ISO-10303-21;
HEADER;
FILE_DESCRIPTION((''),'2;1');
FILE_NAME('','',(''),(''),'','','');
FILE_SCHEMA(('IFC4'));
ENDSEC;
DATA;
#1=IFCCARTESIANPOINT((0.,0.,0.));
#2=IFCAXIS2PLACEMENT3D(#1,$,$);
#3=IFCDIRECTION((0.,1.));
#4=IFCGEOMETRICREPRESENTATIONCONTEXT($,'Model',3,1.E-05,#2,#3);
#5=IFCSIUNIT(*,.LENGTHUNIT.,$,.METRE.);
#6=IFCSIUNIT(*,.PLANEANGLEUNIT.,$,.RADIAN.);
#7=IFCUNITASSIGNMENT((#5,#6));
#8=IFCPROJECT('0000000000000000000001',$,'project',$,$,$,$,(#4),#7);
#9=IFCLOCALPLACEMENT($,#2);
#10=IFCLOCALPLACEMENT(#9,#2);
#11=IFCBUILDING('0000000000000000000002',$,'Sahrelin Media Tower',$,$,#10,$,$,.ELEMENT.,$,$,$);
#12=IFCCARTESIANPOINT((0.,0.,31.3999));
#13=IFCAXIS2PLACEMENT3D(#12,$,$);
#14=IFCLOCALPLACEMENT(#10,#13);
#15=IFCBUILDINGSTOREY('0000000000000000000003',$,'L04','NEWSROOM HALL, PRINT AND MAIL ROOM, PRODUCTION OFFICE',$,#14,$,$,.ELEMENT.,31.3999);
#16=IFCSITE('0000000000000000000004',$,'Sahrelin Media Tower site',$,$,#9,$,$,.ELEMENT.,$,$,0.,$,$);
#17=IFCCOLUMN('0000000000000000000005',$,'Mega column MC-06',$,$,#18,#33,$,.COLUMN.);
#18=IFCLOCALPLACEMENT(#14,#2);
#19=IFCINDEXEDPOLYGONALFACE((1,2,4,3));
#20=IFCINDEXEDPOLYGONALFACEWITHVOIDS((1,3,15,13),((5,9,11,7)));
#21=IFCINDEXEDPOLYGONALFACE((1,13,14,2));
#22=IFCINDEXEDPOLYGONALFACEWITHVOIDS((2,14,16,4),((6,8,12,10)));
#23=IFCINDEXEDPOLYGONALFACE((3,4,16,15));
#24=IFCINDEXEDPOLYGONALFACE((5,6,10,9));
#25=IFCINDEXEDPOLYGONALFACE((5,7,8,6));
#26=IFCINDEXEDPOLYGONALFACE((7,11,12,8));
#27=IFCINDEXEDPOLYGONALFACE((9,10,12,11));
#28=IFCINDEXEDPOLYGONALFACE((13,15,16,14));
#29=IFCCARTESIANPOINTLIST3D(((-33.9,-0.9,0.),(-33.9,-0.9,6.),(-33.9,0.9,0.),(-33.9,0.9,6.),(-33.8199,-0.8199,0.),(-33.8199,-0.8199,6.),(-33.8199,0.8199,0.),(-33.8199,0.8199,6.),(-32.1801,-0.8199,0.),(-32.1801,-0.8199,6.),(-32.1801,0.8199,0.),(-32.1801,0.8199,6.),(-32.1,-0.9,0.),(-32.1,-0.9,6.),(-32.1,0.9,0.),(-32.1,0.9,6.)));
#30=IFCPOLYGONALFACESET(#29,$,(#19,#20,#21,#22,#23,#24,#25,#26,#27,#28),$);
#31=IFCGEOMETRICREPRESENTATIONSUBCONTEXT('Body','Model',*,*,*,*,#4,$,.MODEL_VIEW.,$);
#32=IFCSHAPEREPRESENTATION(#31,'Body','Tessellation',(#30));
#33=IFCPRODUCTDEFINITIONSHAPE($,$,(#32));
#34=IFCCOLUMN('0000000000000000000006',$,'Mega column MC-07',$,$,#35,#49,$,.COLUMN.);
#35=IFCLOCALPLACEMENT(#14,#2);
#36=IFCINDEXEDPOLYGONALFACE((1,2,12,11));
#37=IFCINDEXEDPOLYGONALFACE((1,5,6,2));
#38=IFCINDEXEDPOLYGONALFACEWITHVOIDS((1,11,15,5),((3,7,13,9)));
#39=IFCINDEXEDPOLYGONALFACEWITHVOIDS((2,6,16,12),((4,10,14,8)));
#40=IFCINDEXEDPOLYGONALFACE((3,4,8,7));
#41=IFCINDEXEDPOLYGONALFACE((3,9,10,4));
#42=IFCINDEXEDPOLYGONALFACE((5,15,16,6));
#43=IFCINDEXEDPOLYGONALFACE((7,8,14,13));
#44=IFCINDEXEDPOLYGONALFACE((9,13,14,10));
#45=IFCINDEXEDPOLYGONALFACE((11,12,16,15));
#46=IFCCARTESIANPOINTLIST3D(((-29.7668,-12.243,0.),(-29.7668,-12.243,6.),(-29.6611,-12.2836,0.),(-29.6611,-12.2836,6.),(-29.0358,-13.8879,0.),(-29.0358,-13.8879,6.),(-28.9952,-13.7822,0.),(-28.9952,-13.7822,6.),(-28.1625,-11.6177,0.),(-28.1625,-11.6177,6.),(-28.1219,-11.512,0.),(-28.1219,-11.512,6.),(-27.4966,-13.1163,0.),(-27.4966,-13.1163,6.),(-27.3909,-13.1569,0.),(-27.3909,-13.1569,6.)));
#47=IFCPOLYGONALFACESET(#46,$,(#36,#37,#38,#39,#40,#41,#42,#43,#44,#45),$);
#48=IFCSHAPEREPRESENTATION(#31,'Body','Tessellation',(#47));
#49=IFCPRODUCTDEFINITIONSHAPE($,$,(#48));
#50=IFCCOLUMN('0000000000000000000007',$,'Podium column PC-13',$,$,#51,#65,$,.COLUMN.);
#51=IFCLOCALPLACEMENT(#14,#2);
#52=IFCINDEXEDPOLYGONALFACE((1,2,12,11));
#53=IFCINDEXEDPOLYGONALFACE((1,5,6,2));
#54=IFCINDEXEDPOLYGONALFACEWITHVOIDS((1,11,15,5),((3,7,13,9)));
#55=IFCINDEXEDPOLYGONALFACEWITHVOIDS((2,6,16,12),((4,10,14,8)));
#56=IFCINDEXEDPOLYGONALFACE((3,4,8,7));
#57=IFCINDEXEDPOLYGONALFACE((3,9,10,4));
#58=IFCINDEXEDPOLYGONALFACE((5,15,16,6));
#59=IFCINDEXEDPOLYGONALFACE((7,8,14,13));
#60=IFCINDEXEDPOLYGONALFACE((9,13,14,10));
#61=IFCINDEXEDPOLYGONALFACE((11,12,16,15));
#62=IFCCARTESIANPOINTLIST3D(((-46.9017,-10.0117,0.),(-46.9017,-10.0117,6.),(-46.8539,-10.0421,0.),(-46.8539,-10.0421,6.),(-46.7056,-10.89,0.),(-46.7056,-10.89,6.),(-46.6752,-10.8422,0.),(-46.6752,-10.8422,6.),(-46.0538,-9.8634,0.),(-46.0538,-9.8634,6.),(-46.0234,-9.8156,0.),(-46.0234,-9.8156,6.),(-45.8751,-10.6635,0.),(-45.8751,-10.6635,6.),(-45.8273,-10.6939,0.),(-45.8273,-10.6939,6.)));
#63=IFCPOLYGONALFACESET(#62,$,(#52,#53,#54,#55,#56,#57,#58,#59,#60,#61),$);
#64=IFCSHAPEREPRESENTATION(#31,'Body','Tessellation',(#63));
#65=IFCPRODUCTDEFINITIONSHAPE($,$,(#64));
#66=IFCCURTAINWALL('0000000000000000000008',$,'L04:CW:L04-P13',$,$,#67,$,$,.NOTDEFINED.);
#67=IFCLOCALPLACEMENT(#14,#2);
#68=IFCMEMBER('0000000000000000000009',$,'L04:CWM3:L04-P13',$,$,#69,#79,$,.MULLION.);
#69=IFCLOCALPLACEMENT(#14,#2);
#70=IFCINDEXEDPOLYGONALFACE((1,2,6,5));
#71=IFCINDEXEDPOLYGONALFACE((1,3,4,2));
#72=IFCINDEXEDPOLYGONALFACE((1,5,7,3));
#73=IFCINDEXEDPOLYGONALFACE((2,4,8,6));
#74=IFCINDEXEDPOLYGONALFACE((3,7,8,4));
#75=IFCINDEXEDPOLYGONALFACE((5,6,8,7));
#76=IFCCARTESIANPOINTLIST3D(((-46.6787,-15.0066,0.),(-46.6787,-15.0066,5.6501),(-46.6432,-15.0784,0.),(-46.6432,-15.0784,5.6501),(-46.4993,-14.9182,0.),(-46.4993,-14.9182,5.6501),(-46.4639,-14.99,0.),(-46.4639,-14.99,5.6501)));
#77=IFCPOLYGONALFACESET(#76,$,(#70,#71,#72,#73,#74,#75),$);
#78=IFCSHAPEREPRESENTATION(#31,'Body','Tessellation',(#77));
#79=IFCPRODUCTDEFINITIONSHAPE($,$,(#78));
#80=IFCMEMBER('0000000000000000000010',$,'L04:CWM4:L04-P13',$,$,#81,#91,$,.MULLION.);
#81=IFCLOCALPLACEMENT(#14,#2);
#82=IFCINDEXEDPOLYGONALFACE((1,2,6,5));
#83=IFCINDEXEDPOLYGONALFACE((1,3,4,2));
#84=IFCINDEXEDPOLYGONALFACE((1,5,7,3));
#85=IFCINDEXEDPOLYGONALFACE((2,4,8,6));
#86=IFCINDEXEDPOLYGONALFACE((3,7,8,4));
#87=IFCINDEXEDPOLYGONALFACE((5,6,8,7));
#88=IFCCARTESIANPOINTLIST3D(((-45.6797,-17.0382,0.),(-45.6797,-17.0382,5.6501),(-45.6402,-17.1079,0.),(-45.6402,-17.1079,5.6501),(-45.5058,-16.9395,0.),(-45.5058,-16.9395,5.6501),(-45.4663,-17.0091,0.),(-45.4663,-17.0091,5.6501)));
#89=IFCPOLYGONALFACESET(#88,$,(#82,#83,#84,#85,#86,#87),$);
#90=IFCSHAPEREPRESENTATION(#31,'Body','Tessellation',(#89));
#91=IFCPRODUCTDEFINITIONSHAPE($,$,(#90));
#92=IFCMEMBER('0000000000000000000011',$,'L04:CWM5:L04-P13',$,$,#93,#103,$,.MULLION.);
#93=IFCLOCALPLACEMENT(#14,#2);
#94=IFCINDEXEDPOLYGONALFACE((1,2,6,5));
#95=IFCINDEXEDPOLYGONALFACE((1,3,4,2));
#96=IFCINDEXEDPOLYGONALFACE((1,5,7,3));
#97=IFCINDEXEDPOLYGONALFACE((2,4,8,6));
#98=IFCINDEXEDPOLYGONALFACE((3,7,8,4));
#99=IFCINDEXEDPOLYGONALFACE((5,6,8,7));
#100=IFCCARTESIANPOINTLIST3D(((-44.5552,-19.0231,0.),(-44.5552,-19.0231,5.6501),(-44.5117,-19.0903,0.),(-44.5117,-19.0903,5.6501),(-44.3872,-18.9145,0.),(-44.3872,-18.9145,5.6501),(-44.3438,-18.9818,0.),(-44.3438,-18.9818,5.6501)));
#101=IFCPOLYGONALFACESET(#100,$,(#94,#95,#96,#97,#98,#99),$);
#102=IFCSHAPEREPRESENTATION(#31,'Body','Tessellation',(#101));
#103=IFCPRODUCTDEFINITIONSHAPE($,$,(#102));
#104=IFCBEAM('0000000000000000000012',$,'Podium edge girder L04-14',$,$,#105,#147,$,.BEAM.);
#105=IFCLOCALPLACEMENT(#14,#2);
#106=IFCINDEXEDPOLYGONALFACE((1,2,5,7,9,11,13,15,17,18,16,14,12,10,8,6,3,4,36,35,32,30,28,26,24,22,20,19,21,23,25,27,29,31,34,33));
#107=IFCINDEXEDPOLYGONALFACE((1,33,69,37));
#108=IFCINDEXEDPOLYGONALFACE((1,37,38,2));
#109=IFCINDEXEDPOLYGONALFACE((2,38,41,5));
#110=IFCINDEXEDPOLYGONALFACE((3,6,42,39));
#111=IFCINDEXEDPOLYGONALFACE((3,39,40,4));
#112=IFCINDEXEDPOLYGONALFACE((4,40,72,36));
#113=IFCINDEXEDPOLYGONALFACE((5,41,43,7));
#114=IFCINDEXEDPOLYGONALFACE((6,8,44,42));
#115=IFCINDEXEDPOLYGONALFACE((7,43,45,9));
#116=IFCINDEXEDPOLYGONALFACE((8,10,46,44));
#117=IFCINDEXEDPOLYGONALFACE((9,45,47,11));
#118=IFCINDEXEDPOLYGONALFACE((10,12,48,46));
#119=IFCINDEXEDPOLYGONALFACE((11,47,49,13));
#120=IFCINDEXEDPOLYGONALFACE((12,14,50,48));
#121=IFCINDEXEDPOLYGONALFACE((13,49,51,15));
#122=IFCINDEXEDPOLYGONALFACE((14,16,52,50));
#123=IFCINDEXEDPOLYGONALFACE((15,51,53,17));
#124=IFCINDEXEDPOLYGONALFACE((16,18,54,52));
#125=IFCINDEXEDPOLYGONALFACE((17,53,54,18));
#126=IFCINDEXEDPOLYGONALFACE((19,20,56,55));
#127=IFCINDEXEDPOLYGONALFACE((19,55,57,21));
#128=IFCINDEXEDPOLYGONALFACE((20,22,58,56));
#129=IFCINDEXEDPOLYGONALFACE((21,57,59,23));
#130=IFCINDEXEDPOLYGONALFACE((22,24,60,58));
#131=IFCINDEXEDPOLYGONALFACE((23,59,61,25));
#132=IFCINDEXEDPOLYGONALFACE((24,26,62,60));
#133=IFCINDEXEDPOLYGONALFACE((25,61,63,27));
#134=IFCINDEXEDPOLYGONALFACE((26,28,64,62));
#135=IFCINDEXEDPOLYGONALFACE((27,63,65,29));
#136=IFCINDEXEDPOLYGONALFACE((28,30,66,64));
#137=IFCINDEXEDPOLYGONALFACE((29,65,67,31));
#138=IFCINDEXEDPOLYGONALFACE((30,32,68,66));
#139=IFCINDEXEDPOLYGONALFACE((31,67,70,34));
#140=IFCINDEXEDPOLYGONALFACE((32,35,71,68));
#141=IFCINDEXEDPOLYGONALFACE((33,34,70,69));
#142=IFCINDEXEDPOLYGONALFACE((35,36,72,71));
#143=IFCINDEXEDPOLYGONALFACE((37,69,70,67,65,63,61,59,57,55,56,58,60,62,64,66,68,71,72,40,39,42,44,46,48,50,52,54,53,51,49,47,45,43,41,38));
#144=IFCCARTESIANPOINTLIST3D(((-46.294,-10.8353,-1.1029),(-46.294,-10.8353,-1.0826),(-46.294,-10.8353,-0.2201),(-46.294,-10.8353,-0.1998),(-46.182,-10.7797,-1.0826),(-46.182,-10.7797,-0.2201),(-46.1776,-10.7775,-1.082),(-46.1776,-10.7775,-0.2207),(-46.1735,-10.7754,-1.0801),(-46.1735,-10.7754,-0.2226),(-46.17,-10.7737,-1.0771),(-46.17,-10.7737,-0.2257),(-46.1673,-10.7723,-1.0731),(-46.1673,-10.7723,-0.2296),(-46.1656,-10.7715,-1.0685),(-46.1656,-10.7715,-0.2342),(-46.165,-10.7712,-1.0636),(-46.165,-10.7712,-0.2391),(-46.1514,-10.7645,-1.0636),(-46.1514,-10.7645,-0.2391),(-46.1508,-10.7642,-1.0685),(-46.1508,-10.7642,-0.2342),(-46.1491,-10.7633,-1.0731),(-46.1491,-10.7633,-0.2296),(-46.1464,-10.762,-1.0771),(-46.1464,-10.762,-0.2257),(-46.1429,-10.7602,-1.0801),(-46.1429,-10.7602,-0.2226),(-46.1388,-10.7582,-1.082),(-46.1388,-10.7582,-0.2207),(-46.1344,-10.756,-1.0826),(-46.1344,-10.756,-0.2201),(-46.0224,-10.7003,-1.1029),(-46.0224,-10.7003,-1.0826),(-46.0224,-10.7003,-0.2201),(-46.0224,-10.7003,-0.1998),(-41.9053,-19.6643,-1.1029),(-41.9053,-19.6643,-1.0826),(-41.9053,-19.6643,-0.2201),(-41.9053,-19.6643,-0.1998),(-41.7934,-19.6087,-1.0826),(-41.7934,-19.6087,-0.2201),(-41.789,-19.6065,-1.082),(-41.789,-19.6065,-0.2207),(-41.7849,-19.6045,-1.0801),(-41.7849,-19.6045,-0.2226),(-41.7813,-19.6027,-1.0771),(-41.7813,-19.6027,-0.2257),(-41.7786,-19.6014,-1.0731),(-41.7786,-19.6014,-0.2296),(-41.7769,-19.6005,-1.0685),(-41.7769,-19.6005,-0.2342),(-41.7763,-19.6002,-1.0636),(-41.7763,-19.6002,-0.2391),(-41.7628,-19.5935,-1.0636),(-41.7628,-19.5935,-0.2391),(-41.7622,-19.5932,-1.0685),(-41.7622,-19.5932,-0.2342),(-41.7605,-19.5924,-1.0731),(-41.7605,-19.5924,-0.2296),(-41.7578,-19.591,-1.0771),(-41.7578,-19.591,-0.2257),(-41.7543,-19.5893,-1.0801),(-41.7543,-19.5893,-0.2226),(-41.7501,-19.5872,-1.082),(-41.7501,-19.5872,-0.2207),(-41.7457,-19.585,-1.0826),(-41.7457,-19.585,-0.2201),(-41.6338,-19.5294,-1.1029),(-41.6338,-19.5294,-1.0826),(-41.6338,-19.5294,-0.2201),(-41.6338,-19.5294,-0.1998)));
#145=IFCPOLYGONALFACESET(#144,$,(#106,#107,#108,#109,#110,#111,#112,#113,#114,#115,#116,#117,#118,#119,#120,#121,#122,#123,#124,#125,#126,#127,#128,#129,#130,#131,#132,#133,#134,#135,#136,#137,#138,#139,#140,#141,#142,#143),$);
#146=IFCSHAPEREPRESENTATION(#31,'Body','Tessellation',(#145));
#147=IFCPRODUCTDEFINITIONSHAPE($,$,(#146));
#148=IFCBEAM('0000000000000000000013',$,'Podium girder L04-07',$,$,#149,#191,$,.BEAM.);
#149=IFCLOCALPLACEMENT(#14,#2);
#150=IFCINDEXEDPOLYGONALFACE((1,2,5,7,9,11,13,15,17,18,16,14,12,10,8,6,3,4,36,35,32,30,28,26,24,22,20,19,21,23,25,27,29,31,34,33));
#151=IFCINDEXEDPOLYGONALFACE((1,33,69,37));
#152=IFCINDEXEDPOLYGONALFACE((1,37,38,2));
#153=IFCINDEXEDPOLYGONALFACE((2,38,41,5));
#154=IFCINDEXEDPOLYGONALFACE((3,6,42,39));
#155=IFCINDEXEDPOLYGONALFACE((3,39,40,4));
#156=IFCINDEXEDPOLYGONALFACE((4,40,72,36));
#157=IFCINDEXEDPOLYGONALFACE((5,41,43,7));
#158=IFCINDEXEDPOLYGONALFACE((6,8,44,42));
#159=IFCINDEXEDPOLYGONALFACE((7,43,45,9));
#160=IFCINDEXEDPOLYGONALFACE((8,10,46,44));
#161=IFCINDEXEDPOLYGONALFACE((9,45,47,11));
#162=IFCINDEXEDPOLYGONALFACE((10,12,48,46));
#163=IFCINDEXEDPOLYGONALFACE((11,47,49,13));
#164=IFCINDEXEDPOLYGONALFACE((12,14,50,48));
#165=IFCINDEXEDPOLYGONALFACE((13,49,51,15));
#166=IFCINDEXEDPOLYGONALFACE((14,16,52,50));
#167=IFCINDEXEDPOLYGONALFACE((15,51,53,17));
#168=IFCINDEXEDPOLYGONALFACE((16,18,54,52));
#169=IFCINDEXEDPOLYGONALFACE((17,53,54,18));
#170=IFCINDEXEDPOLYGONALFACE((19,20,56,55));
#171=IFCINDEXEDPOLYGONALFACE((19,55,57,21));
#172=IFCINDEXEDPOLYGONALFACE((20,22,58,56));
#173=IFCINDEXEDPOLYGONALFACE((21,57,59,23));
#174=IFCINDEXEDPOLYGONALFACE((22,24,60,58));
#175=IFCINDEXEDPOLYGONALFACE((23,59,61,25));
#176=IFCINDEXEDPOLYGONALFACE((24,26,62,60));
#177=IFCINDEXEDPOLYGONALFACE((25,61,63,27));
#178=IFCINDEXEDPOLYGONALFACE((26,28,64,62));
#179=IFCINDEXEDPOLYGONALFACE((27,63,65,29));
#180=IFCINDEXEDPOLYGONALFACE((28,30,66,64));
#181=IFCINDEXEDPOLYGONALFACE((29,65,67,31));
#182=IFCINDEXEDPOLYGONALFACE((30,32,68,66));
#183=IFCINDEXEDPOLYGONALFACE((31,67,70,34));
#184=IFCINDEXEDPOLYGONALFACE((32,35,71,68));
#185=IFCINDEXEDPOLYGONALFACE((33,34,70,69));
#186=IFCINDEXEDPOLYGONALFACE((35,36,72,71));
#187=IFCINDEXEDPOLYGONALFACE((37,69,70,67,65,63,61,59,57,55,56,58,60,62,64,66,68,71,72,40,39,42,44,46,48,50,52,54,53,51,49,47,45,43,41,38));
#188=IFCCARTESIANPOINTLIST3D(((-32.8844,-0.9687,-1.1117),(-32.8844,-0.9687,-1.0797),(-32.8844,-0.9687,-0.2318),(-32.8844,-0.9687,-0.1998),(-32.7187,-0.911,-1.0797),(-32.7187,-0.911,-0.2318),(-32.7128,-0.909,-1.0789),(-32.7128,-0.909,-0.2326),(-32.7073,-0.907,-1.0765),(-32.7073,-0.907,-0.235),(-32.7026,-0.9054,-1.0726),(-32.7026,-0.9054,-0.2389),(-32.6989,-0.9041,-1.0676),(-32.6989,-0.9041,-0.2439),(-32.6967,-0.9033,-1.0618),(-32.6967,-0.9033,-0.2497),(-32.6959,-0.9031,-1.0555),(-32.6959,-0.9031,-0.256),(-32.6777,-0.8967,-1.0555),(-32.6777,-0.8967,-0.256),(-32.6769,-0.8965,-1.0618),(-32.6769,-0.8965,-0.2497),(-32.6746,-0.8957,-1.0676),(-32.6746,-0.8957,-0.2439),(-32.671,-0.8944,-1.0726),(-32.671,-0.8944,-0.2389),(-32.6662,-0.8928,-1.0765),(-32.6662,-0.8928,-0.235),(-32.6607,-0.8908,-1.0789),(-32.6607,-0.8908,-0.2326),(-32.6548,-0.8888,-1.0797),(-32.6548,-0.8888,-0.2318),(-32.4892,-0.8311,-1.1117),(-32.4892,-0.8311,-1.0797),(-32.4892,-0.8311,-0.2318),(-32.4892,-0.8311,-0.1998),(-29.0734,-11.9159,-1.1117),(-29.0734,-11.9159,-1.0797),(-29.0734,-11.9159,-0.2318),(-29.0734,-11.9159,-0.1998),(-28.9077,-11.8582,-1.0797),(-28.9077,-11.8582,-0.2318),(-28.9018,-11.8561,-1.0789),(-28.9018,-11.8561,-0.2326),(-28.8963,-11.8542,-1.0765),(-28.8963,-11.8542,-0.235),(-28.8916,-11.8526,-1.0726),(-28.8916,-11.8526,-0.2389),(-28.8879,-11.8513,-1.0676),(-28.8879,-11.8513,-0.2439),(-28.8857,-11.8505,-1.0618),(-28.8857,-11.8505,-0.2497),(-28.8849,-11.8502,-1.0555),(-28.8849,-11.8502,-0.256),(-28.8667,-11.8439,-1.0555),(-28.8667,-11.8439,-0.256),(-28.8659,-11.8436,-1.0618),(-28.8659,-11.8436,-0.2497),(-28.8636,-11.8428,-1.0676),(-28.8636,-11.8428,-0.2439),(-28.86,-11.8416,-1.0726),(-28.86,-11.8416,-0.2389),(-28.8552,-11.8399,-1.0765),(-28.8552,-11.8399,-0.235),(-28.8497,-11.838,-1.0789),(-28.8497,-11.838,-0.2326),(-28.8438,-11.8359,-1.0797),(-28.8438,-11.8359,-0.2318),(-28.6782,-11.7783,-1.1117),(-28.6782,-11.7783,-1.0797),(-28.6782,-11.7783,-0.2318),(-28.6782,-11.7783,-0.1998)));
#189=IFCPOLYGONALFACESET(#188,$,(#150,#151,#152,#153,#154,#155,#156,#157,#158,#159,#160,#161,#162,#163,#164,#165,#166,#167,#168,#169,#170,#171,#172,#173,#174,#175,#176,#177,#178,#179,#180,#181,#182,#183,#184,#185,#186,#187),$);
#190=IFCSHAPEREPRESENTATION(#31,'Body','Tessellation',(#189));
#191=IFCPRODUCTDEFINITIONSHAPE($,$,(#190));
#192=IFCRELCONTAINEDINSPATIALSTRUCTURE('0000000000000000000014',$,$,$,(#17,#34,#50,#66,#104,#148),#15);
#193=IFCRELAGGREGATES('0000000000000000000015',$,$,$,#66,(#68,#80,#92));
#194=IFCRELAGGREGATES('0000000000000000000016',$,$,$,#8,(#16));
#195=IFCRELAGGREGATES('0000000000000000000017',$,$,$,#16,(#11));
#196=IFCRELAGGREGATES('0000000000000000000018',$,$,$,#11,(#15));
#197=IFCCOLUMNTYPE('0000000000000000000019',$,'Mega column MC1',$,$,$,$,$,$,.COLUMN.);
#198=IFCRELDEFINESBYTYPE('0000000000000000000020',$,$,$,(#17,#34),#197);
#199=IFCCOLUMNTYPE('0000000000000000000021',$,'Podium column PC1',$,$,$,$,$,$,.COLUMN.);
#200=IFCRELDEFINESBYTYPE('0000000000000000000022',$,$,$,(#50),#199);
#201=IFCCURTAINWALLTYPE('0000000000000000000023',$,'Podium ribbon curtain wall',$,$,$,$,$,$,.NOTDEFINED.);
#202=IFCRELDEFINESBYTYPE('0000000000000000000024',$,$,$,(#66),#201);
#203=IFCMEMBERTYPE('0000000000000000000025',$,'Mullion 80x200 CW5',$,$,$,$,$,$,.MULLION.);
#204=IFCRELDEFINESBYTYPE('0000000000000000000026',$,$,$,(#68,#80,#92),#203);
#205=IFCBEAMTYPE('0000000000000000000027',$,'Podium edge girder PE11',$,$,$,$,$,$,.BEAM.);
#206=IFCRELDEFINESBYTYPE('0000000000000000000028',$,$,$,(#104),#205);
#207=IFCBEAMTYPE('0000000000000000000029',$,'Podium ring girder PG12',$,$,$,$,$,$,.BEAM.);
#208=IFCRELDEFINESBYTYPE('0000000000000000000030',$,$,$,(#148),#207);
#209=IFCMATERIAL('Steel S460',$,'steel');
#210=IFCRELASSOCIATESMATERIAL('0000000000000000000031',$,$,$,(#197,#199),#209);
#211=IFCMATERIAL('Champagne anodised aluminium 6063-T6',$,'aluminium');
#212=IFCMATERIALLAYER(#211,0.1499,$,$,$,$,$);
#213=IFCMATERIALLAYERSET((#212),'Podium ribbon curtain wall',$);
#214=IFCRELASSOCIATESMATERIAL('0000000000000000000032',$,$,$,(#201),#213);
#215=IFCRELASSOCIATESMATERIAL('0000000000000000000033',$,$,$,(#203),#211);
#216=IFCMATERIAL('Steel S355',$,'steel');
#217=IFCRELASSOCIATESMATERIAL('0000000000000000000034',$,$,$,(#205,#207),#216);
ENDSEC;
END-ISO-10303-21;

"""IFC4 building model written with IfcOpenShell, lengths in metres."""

from ifc_helpers import new_model, si_unit, direction, frame, origin, origin_2d, place, context, subcontext, project, spatial, rectangle, hollow_rectangle, i_section, extrude, material, layer, layer_set, material_profile, profile_set, type_object, element, aggregate, save


model = new_model("IFC4")

# Units and contexts
model_context = context("Model", 3, precision=1e-05, world=origin(), true_north=direction((0.0, 1.0)))
body_context = subcontext(model_context, "Body", "Model", "MODEL_VIEW")
ifc_project = project(units=[si_unit("LENGTHUNIT", "METRE"), si_unit("PLANEANGLEUNIT", "RADIAN")], contexts=[model_context])

# Site, building, storey
site_placement = place(None, origin())
site = spatial("IfcSite", under=ifc_project, at=site_placement, Name="Sahrelin Media Tower site", CompositionType="ELEMENT", RefElevation=0.0)
building_placement = place(site_placement, origin())
building = spatial("IfcBuilding", under=site, at=building_placement, Name="Sahrelin Media Tower", CompositionType="ELEMENT")
storey_placement = place(building_placement, frame((0.0, 0.0, 31.3999)))
storey = spatial("IfcBuildingStorey", under=building, at=storey_placement, Name="L04", Description="NEWSROOM HALL, PRINT AND MAIL ROOM, PRODUCTION OFFICE", CompositionType="ELEMENT", Elevation=31.3999)

# Columns
ifc_material_1 = material(Name="Steel S460", Category="steel")
ifc_material_profile_1 = material_profile(ifc_material_1, hollow_rectangle(XDim=1.8, YDim=1.8, WallThickness=0.0801, at=origin_2d()), Name="Mega column MC1")
ifc_profile_set_1 = profile_set([ifc_material_profile_1], Name="Steel S460")
column_type_1 = type_object("IfcColumnType", Name="Mega column MC1", PredefinedType="COLUMN", material=ifc_profile_set_1)
for number, where, z_axis, x_axis, name in (
    (1, (-33.0, 0.0, 0.0), (0.0, 0.0, 1.0), (-1.0, 0.0, 0.0), "Mega column MC-06"),
    (2, (-28.5789, -12.7, 0.0), (0.0, 0.0, 1.0), (-0.913831, -0.406094, 0.0), "Mega column MC-07"),
):
    element("IfcColumn", number, at=place(storey_placement, frame(where, z_axis=z_axis, x_axis=x_axis)), inside=storey, type_object=column_type_1, Name=name, PredefinedType="COLUMN", context=body_context, shape_type="SweptSolid", body=[
        extrude(hollow_rectangle(XDim=1.8, YDim=1.8, WallThickness=0.0801, at=origin_2d()), origin(), (0.0, 0.0, 1.0), 6.0),
    ])
ifc_material_profile_2 = material_profile(ifc_material_1, hollow_rectangle(XDim=0.8999, YDim=0.8999, WallThickness=0.04, at=origin_2d()), Name="Podium column PC1")
ifc_profile_set_2 = profile_set([ifc_material_profile_2], Name="Steel S460")
column_type_2 = type_object("IfcColumnType", Name="Podium column PC1", PredefinedType="COLUMN", material=ifc_profile_set_2)
column_placement = place(storey_placement, frame((-46.3645, -10.3528, 0.0), z_axis=(0.0, 0.0, 1.0), x_axis=(-0.975965, -0.217925, 0.0)))
element("IfcColumn", 3, at=column_placement, inside=storey, type_object=column_type_2, Name="Podium column PC-13", PredefinedType="COLUMN", context=body_context, shape_type="SweptSolid", body=[
    extrude(hollow_rectangle(XDim=0.8999, YDim=0.8999, WallThickness=0.04, at=origin_2d()), origin(), (0.0, 0.0, 1.0), 6.0),
])

# Curtain wall, members
ifc_material_2 = material(Name="Champagne anodised aluminium 6063-T6", Category="aluminium")
ifc_layer_1 = layer(ifc_material_2, 0.1499)
ifc_layer_set_1 = layer_set([ifc_layer_1], Name="Podium ribbon curtain wall")
curtain_wall_type = type_object("IfcCurtainWallType", Name="Podium ribbon curtain wall", PredefinedType="NOTDEFINED", material=ifc_layer_set_1)
curtain_wall_placement = place(storey_placement, frame((-48.2964, -10.8704, 0.0), z_axis=(0.0, 0.0, 1.0), x_axis=(1.0, 0.0, 0.0)))
curtain_wall = element("IfcCurtainWall", 4, at=curtain_wall_placement, inside=storey, type_object=curtain_wall_type, Name="L04:CW:L04-P13", PredefinedType="NOTDEFINED")
ifc_material_profile_3 = material_profile(ifc_material_2, rectangle(XDim=0.0801, YDim=0.2, at=origin_2d()), Name="Mullion 80x200")
ifc_profile_set_3 = profile_set([ifc_material_profile_3], Name="Champagne anodised aluminium 6063-T6")
member_type_1 = type_object("IfcMemberType", Name="Mullion 80x200 CW5", PredefinedType="MULLION", material=ifc_profile_set_3)
member_1_placement = place(storey_placement, frame((-46.5713, -14.9983, 0.0), z_axis=(0.0, 0.0, 1.0), x_axis=(0.442262, -0.896886, 0.0)))
member_1 = element("IfcMember", 5, at=member_1_placement, type_object=member_type_1, Name="L04:CWM3:L04-P13", PredefinedType="MULLION", context=body_context, shape_type="SweptSolid", body=[
    extrude(rectangle(XDim=0.0801, YDim=0.2, at=origin_2d()), origin(), (0.0, 0.0, 1.0), 5.6501),
])
member_2_placement = place(storey_placement, frame((-45.573, -17.0237, 0.0), z_axis=(0.0, 0.0, 1.0), x_axis=(0.493787, -0.869583, 0.0)))
member_2 = element("IfcMember", 6, at=member_2_placement, type_object=member_type_1, Name="L04:CWM4:L04-P13", PredefinedType="MULLION", context=body_context, shape_type="SweptSolid", body=[
    extrude(rectangle(XDim=0.0801, YDim=0.2, at=origin_2d()), origin(), (0.0, 0.0, 1.0), 5.6501),
])
member_3_placement = place(storey_placement, frame((-44.4495, -19.0024, 0.0), z_axis=(0.0, 0.0, 1.0), x_axis=(0.54283, -0.839843, 0.0)))
member_3 = element("IfcMember", 7, at=member_3_placement, type_object=member_type_1, Name="L04:CWM5:L04-P13", PredefinedType="MULLION", context=body_context, shape_type="SweptSolid", body=[
    extrude(rectangle(XDim=0.0801, YDim=0.2, at=origin_2d()), origin(), (0.0, 0.0, 1.0), 5.6501),
])

# Beams
ifc_material_3 = material(Name="Steel S355", Category="steel")
ifc_material_profile_4 = material_profile(ifc_material_3, i_section(OverallWidth=0.3032, OverallDepth=0.9031, WebThickness=0.0151, FlangeThickness=0.0203, FilletRadius=0.019, at=origin_2d()), Name="UB 914x305x201")
ifc_profile_set_4 = profile_set([ifc_material_profile_4], Name="Steel S355")
beam_type_1 = type_object("IfcBeamType", Name="Podium edge girder PE11", PredefinedType="BEAM", material=ifc_profile_set_4)
beam_1_placement = place(storey_placement, frame((-46.1582, -10.7678, -0.6514), z_axis=(0.445113, -0.895475, 0.0), x_axis=(0.895475, 0.445113, 0.0)))
element("IfcBeam", 8, at=beam_1_placement, inside=storey, type_object=beam_type_1, Name="Podium edge girder L04-14", PredefinedType="BEAM", context=body_context, shape_type="SweptSolid", body=[
    extrude(i_section(OverallWidth=0.3032, OverallDepth=0.9031, WebThickness=0.0151, FlangeThickness=0.0203, FilletRadius=0.019, at=origin_2d()), origin(), (0.0, 0.0, 1.0), 9.8596),
])
ifc_material_profile_5 = material_profile(ifc_material_3, i_section(OverallWidth=0.4185, OverallDepth=0.9119, WebThickness=0.0193, FlangeThickness=0.032, FilletRadius=0.0242, at=origin_2d()), Name="UB 914x419x343")
ifc_profile_set_5 = profile_set([ifc_material_profile_5], Name="Steel S355")
beam_type_2 = type_object("IfcBeamType", Name="Podium ring girder PG12", PredefinedType="BEAM", material=ifc_profile_set_5)
beam_2_placement = place(storey_placement, frame((-32.6868, -0.8999, -0.6558), z_axis=(0.328774, -0.944409, 0.0), x_axis=(0.944409, 0.328774, 0.0)))
element("IfcBeam", 9, at=beam_2_placement, inside=storey, type_object=beam_type_2, Name="Podium girder L04-07", PredefinedType="BEAM", context=body_context, shape_type="SweptSolid", body=[
    extrude(i_section(OverallWidth=0.4185, OverallDepth=0.9119, WebThickness=0.0193, FlangeThickness=0.032, FilletRadius=0.0242, at=origin_2d()), origin(), (0.0, 0.0, 1.0), 11.5916),
])

aggregate(curtain_wall, [member_1, member_2, member_3])

save(model, "model.ifc")
